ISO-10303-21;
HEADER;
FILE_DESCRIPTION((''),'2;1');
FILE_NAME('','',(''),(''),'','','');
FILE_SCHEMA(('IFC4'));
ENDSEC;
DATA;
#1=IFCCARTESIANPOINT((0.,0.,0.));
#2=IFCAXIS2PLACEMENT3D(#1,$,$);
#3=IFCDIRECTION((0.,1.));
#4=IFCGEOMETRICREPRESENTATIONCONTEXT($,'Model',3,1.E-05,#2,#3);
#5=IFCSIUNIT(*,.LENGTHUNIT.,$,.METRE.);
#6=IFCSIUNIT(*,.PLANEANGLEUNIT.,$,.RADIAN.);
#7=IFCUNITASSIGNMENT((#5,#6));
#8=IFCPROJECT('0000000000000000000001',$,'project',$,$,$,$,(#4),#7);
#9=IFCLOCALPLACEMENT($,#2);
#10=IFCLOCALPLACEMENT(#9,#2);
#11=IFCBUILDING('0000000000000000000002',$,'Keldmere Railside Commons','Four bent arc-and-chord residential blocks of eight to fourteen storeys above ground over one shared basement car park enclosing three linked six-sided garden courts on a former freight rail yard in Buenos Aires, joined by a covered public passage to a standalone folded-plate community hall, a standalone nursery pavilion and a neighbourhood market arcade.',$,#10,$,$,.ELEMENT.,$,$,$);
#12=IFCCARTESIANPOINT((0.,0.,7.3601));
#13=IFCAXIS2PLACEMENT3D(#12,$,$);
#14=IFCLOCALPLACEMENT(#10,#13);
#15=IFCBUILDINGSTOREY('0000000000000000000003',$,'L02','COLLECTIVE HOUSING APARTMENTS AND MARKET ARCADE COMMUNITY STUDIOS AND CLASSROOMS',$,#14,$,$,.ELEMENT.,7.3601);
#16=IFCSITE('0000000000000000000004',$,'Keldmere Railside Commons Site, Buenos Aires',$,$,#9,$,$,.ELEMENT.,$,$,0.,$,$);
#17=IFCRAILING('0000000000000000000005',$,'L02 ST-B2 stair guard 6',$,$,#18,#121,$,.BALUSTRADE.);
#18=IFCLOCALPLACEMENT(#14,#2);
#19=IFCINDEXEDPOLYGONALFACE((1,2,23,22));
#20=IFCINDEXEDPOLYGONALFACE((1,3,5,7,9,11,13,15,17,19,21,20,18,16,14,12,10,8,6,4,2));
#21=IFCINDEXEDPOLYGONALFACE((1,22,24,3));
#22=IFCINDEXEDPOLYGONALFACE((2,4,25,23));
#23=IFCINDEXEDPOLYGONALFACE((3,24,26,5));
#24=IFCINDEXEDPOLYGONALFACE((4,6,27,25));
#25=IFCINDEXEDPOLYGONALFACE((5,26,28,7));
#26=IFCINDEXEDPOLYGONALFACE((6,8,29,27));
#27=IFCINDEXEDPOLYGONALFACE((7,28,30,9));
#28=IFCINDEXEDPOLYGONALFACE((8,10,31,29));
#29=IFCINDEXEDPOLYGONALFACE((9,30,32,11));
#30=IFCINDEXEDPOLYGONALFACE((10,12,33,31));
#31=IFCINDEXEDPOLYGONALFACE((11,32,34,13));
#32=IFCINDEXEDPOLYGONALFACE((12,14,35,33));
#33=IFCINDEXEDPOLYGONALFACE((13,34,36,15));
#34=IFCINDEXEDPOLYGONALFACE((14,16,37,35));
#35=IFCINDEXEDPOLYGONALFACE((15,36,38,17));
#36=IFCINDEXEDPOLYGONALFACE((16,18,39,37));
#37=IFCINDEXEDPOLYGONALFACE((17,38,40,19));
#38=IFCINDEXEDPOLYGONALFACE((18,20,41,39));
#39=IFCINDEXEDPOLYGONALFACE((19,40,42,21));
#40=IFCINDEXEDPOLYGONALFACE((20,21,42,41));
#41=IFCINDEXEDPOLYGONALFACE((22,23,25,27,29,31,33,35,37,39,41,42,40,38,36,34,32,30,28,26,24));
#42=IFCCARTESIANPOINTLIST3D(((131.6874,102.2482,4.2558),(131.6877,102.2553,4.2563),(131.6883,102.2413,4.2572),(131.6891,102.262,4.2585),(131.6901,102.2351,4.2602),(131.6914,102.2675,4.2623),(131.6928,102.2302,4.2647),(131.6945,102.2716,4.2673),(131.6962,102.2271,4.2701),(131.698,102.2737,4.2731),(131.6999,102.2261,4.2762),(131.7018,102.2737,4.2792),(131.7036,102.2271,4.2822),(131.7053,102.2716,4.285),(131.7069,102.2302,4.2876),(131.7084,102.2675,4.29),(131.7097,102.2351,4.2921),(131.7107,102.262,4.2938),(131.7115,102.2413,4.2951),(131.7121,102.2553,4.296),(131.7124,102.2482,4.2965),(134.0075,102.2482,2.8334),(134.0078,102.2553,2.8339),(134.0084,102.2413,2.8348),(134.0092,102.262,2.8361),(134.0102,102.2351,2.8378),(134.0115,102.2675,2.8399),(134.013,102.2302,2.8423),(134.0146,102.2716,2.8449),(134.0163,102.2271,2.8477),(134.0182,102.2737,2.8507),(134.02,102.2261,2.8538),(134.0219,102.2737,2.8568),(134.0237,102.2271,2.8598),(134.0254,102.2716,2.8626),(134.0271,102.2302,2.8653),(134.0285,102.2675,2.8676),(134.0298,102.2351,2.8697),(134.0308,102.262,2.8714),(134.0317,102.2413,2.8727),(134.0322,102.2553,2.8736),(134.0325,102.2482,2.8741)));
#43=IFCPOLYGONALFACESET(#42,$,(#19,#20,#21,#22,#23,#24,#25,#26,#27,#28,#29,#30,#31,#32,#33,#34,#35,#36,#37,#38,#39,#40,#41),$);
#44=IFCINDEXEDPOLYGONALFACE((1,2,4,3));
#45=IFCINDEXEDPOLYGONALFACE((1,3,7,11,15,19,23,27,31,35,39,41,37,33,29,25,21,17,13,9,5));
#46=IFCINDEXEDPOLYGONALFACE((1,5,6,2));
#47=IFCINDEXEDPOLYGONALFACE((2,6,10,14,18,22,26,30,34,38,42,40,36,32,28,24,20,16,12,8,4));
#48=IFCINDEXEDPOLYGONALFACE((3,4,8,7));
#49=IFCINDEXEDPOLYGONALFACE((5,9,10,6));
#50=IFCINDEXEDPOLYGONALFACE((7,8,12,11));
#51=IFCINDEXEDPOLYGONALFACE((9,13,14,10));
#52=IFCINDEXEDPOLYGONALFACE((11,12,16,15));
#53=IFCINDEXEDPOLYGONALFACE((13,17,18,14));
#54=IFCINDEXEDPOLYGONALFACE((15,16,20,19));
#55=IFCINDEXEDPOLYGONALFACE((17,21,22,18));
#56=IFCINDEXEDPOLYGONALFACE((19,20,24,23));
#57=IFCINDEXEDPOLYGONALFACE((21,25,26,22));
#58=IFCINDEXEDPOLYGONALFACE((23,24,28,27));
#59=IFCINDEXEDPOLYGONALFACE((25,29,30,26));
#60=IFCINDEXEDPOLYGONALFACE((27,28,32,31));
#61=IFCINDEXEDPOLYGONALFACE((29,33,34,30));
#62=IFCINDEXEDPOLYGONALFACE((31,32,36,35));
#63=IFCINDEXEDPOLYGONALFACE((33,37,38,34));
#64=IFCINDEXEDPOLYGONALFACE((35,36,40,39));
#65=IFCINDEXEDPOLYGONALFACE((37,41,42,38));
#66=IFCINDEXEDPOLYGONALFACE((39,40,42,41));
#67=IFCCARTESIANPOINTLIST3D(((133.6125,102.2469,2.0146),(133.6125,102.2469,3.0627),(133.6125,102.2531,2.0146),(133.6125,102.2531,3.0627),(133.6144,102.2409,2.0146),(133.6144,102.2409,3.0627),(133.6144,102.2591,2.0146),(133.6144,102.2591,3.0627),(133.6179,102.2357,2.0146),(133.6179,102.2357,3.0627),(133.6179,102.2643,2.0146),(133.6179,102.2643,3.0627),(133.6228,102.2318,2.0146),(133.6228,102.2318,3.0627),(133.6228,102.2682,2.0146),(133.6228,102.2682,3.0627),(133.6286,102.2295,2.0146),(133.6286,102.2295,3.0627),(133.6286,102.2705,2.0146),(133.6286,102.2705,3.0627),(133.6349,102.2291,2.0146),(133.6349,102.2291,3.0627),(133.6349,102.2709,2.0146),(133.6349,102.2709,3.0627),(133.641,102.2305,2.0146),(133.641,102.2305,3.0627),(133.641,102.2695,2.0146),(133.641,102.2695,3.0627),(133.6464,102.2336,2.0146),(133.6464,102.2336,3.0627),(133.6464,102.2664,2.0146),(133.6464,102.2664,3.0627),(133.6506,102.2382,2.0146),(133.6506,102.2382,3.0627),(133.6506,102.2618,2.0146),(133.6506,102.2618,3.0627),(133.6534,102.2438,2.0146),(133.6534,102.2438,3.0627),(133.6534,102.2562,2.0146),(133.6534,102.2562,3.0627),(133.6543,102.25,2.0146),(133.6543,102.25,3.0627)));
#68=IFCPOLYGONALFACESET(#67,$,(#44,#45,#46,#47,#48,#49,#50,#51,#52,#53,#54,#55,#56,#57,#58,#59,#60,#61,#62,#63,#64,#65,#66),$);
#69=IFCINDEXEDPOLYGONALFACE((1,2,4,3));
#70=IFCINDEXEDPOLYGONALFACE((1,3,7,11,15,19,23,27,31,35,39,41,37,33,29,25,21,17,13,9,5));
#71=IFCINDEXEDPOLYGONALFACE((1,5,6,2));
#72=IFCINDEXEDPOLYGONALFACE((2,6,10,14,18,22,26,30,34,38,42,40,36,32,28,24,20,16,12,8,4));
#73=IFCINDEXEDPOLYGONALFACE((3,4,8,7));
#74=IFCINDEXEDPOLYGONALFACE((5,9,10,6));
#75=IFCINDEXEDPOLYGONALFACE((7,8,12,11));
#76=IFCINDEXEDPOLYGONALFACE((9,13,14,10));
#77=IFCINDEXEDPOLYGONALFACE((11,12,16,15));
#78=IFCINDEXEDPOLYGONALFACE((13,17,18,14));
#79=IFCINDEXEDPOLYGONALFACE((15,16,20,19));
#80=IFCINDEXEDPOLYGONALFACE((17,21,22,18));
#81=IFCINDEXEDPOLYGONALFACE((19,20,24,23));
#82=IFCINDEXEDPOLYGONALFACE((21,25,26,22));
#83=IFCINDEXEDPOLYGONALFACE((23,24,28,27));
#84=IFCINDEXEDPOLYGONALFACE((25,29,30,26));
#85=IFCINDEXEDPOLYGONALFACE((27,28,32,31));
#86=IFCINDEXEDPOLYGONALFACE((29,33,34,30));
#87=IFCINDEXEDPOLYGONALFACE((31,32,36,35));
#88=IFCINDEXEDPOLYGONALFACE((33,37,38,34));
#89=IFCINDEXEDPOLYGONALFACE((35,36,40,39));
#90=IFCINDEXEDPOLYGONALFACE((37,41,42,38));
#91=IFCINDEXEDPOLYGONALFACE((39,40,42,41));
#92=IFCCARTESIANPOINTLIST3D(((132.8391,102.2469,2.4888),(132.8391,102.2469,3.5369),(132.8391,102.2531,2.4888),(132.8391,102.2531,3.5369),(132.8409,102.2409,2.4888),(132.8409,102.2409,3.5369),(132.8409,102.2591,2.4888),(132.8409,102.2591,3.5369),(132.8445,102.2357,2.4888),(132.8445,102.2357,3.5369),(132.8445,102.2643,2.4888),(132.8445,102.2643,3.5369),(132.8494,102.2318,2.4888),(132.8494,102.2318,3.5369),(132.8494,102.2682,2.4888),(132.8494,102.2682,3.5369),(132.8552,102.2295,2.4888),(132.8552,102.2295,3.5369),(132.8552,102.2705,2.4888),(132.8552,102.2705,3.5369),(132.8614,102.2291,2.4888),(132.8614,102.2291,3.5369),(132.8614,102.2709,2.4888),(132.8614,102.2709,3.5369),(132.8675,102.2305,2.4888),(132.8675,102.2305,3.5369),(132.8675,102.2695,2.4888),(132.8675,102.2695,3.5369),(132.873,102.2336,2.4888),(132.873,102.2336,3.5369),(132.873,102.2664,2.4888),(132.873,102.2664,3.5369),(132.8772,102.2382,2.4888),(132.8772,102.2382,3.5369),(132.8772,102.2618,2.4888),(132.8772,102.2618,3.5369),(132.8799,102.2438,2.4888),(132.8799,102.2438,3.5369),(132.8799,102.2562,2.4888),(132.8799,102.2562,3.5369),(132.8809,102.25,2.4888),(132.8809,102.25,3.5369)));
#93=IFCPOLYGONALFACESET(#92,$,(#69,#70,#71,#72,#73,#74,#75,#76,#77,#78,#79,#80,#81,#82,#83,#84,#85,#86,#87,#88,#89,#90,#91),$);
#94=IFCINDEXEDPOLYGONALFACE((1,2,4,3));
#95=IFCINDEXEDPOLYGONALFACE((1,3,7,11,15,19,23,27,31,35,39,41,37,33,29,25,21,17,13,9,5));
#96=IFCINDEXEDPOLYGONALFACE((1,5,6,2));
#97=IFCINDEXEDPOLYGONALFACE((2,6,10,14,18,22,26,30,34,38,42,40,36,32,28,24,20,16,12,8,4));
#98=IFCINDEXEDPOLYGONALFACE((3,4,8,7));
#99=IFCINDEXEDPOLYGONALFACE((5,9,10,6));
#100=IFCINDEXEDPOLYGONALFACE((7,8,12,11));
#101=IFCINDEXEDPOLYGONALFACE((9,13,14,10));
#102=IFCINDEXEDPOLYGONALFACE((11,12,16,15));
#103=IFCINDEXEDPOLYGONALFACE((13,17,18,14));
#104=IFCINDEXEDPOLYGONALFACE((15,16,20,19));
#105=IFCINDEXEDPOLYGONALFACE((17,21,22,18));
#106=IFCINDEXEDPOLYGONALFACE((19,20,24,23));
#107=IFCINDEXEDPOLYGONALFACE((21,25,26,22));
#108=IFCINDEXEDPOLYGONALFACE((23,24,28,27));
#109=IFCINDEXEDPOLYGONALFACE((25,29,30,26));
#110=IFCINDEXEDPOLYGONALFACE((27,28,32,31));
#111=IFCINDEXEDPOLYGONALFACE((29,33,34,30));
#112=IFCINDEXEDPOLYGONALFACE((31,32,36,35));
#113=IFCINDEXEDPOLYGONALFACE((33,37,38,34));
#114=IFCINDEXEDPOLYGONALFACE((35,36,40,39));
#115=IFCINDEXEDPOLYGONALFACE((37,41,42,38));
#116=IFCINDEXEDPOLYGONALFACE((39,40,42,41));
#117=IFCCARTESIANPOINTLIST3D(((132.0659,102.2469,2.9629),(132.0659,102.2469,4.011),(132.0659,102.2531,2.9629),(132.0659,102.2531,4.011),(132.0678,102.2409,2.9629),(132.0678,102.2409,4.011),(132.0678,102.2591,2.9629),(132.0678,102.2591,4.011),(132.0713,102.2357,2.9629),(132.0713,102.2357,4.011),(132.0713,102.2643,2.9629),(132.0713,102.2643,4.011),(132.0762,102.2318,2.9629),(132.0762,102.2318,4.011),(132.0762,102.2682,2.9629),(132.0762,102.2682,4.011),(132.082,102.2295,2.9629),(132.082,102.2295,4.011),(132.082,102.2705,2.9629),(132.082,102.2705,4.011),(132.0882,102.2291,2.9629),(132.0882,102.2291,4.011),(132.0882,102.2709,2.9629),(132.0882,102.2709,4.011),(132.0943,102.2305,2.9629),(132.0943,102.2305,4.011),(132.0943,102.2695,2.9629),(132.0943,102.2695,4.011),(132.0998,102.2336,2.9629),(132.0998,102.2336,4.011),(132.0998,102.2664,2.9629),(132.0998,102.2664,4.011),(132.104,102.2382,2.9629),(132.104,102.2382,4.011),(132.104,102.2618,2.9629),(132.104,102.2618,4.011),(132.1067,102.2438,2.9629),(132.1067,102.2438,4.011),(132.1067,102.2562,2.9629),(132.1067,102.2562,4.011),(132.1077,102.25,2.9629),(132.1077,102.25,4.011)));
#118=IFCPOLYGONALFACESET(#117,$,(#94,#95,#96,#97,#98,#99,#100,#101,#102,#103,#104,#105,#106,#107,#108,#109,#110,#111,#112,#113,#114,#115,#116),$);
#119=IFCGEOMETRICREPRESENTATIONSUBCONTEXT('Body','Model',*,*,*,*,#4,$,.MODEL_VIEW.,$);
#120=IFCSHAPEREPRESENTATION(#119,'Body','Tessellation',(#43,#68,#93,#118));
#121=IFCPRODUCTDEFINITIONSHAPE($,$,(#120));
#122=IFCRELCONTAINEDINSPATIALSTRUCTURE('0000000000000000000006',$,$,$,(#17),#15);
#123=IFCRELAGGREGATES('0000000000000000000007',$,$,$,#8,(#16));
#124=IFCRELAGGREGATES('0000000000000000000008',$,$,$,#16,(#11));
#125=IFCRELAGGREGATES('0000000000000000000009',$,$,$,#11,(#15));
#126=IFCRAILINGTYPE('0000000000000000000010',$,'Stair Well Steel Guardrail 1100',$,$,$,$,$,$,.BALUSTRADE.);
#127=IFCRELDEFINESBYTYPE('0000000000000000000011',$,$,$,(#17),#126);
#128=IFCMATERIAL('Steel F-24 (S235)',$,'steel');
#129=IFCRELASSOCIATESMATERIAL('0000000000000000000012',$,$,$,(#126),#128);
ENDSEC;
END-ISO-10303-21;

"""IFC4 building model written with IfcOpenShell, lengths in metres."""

from ifc_helpers import new_model, si_unit, direction, frame, origin, origin_2d, place, context, subcontext, project, spatial, circle, extrude, material, type_object, element, save


model = new_model("IFC4")

# Units and contexts
model_context = context("Model", 3, precision=1e-05, world=origin(), true_north=direction((0.0, 1.0)))
body_context = subcontext(model_context, "Body", "Model", "MODEL_VIEW")
ifc_project = project(units=[si_unit("LENGTHUNIT", "METRE"), si_unit("PLANEANGLEUNIT", "RADIAN")], contexts=[model_context])

# Site, building, storey
site_placement = place(None, origin())
site = spatial("IfcSite", under=ifc_project, at=site_placement, Name="Keldmere Railside Commons Site, Buenos Aires", CompositionType="ELEMENT", RefElevation=0.0)
building_placement = place(site_placement, origin())
building = spatial("IfcBuilding", under=site, at=building_placement, Name="Keldmere Railside Commons", Description="Four bent arc-and-chord residential blocks of eight to fourteen storeys above ground over one shared basement car park enclosing three linked six-sided garden courts on a former freight rail yard in Buenos Aires, joined by a covered public passage to a standalone folded-plate community hall, a standalone nursery pavilion and a neighbourhood market arcade.", CompositionType="ELEMENT")
storey_placement = place(building_placement, frame((0.0, 0.0, 7.3601)))
storey = spatial("IfcBuildingStorey", under=building, at=storey_placement, Name="L02", Description="COLLECTIVE HOUSING APARTMENTS AND MARKET ARCADE COMMUNITY STUDIOS AND CLASSROOMS", CompositionType="ELEMENT", Elevation=7.3601)

# Shared definitions
ifc_material_1 = material(Name="Steel F-24 (S235)", Category="steel")

# Railing
railing_type_1 = type_object("IfcRailingType", Name="Stair Well Steel Guardrail 1100", PredefinedType="BALUSTRADE", material=ifc_material_1)
railing_1_placement = place(storey_placement, frame((134.02, 102.25, 1.7776)))
element("IfcRailing", 1, at=railing_1_placement, inside=storey, type_object=railing_type_1, Name="L02 ST-B2 stair guard 6", PredefinedType="BALUSTRADE", context=body_context, shape_type="SweptSolid", body=[
    extrude(circle(Radius=0.0239, at=origin_2d()), frame((0.0, 0.0, 1.0762), z_axis=(-0.852538, 0.0, 0.522665), x_axis=(0.0, -1.0, 0.0)), (0.0, 0.0, 1.0), 2.7214),
    extrude(circle(Radius=0.021, at=origin_2d()), frame((-0.3867, 0.0, 0.2371)), (0.0, 0.0, 1.0), 1.0481),
    extrude(circle(Radius=0.021, at=origin_2d()), frame((-1.1602, 0.0, 0.7112)), (0.0, 0.0, 1.0), 1.0481),
    extrude(circle(Radius=0.021, at=origin_2d()), frame((-1.9333, 0.0, 1.1853)), (0.0, 0.0, 1.0), 1.0481),
])

save(model, "model.ifc")
